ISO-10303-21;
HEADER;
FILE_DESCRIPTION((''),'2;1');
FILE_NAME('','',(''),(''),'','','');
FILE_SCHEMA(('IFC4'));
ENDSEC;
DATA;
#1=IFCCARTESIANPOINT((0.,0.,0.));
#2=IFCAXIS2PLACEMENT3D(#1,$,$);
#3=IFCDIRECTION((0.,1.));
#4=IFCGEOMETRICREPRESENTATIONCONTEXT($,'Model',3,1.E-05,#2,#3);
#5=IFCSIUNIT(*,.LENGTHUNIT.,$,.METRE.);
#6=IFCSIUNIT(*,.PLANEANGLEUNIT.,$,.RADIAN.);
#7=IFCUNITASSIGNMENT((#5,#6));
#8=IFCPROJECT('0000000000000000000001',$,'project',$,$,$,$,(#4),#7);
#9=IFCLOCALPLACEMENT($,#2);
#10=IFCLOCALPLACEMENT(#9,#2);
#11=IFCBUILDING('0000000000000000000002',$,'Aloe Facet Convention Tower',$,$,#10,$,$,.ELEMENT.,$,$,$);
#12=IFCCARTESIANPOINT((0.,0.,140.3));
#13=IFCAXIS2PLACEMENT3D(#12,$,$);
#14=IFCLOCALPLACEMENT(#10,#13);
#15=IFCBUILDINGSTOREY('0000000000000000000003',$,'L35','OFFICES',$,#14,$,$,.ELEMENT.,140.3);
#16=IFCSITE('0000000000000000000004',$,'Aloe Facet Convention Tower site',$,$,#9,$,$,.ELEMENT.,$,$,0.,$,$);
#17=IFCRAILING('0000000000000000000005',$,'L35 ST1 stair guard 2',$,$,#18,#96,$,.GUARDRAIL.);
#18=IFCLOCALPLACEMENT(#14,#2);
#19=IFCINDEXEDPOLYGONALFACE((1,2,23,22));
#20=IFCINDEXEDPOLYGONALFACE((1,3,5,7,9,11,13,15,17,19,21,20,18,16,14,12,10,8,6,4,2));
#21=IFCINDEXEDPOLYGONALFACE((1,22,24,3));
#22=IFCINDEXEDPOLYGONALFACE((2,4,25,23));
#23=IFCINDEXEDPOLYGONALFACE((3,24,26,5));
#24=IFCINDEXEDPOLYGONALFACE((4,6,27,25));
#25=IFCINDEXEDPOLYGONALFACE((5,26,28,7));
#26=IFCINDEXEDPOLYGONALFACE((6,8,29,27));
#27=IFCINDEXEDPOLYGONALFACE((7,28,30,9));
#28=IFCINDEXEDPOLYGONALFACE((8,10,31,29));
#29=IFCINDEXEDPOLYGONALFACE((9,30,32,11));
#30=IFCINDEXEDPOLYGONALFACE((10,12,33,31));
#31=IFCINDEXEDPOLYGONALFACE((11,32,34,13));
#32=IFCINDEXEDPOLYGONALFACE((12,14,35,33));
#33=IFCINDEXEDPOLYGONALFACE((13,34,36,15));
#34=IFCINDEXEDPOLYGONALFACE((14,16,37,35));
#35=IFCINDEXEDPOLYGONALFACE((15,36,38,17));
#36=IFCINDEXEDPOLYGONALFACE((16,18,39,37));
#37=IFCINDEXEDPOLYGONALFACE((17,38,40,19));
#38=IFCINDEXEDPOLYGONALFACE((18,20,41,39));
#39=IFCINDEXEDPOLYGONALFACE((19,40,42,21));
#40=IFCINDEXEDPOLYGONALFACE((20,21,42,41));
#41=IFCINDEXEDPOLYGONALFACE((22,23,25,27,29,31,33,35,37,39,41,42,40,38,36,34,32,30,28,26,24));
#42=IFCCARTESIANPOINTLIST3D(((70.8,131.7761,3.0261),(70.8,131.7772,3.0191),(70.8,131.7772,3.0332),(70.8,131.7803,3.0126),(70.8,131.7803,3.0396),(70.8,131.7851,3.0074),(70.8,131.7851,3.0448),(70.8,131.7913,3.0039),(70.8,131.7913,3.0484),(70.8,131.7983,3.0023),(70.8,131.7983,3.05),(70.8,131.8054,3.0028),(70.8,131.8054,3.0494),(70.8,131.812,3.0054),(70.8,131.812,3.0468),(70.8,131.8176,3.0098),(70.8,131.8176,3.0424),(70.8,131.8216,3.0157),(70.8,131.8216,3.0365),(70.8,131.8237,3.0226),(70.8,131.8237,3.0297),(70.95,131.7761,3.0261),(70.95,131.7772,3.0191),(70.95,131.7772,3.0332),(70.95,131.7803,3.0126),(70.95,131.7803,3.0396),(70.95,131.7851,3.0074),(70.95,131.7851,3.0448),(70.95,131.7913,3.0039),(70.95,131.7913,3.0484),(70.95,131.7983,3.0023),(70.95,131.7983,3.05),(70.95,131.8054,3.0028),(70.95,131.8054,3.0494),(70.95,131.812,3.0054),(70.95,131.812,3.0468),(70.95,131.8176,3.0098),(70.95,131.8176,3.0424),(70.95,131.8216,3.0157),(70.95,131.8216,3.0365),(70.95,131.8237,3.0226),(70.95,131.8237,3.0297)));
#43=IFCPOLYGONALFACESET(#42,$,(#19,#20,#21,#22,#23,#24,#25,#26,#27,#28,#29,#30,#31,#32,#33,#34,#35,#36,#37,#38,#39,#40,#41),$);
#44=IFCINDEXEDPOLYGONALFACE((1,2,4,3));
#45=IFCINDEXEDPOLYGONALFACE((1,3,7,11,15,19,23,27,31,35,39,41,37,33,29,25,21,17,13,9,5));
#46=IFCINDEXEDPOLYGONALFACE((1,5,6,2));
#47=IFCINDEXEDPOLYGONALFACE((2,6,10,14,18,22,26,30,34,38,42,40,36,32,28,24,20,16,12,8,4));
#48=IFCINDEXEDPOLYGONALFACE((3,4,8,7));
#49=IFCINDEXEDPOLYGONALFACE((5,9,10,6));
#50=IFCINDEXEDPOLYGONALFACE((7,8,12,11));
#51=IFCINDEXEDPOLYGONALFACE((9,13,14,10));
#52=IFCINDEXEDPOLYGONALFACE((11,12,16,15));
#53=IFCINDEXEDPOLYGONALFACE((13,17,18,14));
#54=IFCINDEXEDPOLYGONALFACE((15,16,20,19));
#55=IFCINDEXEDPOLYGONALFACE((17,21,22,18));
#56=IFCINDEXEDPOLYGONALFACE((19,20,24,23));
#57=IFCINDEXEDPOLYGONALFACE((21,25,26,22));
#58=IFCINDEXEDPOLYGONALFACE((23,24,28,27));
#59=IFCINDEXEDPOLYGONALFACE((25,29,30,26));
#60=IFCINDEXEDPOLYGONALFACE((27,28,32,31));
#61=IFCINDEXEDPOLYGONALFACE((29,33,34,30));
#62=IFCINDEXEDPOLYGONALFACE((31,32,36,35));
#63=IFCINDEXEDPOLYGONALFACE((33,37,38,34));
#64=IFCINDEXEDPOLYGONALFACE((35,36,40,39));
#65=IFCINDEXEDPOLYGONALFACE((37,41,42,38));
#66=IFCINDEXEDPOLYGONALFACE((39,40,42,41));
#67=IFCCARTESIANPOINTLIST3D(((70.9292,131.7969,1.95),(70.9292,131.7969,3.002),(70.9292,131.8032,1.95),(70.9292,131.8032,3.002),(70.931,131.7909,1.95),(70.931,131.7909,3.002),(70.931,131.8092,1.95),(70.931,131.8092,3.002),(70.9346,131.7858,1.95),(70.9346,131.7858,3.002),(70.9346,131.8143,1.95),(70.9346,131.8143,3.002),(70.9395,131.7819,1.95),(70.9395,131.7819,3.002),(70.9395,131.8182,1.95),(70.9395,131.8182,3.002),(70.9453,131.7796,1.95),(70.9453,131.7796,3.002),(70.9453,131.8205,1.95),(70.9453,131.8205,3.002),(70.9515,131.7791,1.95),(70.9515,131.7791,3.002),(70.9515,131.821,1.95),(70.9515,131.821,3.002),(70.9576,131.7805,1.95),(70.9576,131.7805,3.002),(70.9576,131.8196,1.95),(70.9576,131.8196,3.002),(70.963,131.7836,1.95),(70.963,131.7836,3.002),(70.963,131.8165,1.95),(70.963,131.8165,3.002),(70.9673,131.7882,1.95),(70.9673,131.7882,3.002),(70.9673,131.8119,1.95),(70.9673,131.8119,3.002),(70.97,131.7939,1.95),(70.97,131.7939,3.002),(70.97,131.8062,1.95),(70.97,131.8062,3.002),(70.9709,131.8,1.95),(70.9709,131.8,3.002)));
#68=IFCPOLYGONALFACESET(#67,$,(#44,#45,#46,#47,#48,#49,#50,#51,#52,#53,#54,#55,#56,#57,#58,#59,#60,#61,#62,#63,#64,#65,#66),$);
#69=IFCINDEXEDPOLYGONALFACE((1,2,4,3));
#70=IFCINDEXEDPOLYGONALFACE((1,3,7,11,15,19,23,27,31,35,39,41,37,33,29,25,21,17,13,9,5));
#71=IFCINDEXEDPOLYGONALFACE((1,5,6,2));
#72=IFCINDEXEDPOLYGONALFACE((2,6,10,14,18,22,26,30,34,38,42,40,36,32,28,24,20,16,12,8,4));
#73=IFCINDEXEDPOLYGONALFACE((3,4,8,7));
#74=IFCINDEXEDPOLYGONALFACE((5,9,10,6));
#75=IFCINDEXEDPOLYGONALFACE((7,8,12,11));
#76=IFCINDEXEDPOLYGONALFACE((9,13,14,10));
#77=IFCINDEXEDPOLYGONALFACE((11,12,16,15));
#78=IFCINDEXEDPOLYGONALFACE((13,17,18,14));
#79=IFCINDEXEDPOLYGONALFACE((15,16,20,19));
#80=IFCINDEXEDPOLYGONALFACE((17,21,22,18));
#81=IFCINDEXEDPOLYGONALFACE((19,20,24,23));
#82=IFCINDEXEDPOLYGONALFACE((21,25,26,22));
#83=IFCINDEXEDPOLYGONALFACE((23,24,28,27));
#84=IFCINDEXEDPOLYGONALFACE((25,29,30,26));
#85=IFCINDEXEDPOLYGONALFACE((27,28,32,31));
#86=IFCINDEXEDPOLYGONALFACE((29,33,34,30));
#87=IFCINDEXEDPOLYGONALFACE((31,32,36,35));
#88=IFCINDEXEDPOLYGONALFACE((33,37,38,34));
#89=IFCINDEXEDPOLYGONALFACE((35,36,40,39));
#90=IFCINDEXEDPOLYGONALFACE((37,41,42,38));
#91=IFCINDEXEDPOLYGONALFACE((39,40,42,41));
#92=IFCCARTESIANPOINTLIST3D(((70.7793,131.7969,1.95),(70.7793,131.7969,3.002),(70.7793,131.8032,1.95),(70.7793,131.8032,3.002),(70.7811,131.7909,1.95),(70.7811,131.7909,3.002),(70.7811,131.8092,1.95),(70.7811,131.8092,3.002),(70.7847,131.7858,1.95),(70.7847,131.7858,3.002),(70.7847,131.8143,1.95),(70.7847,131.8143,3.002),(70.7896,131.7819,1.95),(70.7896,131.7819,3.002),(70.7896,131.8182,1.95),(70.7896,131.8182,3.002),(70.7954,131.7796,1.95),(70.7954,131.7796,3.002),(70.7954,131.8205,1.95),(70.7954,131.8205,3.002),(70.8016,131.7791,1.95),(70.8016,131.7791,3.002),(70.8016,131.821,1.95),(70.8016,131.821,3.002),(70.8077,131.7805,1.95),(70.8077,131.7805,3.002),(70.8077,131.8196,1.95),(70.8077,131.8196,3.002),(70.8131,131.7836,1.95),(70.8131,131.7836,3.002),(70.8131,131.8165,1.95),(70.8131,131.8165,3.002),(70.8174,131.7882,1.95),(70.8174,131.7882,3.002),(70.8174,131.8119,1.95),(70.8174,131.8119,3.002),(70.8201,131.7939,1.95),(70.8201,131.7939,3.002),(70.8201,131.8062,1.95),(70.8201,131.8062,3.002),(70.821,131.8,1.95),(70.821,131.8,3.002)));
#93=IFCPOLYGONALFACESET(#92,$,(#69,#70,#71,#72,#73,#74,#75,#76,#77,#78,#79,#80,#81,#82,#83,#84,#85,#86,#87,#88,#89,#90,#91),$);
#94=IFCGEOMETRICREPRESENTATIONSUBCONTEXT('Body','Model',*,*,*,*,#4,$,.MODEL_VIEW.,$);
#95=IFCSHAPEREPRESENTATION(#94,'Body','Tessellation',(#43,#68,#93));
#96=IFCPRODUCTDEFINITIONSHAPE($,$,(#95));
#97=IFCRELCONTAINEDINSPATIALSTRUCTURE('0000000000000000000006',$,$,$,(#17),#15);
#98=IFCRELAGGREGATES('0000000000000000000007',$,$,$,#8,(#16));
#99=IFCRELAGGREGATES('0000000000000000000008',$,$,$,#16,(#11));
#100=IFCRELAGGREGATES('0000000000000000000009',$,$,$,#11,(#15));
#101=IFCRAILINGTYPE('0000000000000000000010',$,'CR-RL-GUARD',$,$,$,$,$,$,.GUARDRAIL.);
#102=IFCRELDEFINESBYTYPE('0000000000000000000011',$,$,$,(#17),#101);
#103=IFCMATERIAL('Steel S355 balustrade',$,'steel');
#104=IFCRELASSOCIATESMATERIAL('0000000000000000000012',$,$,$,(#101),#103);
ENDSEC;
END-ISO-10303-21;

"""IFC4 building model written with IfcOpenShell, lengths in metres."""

from ifc_helpers import new_model, si_unit, direction, frame, origin, origin_2d, place, context, subcontext, project, spatial, circle, extrude, material, type_object, element, save


model = new_model("IFC4")

# Units and contexts
model_context = context("Model", 3, precision=1e-05, world=origin(), true_north=direction((0.0, 1.0)))
body_context = subcontext(model_context, "Body", "Model", "MODEL_VIEW")
ifc_project = project(units=[si_unit("LENGTHUNIT", "METRE"), si_unit("PLANEANGLEUNIT", "RADIAN")], contexts=[model_context])

# Site, building, storey
site_placement = place(None, origin())
site = spatial("IfcSite", under=ifc_project, at=site_placement, Name="Aloe Facet Convention Tower site", CompositionType="ELEMENT", RefElevation=0.0)
building_placement = place(site_placement, origin())
building = spatial("IfcBuilding", under=site, at=building_placement, Name="Aloe Facet Convention Tower", CompositionType="ELEMENT")
storey_placement = place(building_placement, frame((0.0, 0.0, 140.3)))
storey = spatial("IfcBuildingStorey", under=building, at=storey_placement, Name="L35", Description="OFFICES", CompositionType="ELEMENT", Elevation=140.3)

# Railing
ifc_material_1 = material(Name="Steel S355 balustrade", Category="steel")
railing_type_1 = type_object("IfcRailingType", Name="CR-RL-GUARD", PredefinedType="GUARDRAIL", material=ifc_material_1)
railing_1_placement = place(storey_placement, frame((70.95, 131.8, 1.95)))
element("IfcRailing", 1, at=railing_1_placement, inside=storey, type_object=railing_type_1, Name="L35 ST1 stair guard 2", PredefinedType="GUARDRAIL", context=body_context, shape_type="SweptSolid", body=[
    extrude(circle(Radius=0.0239, at=origin_2d()), frame((0.0, 0.0, 1.0762), z_axis=(-1.0, 0.0, 0.0), x_axis=(0.0, -1.0, 0.0)), (0.0, 0.0, 1.0), 0.1499),
    extrude(circle(Radius=0.021, at=origin_2d()), origin(), (0.0, 0.0, 1.0), 1.052),
    extrude(circle(Radius=0.021, at=origin_2d()), frame((-0.1499, 0.0, 0.0)), (0.0, 0.0, 1.0), 1.052),
])

save(model, "model.ifc")
